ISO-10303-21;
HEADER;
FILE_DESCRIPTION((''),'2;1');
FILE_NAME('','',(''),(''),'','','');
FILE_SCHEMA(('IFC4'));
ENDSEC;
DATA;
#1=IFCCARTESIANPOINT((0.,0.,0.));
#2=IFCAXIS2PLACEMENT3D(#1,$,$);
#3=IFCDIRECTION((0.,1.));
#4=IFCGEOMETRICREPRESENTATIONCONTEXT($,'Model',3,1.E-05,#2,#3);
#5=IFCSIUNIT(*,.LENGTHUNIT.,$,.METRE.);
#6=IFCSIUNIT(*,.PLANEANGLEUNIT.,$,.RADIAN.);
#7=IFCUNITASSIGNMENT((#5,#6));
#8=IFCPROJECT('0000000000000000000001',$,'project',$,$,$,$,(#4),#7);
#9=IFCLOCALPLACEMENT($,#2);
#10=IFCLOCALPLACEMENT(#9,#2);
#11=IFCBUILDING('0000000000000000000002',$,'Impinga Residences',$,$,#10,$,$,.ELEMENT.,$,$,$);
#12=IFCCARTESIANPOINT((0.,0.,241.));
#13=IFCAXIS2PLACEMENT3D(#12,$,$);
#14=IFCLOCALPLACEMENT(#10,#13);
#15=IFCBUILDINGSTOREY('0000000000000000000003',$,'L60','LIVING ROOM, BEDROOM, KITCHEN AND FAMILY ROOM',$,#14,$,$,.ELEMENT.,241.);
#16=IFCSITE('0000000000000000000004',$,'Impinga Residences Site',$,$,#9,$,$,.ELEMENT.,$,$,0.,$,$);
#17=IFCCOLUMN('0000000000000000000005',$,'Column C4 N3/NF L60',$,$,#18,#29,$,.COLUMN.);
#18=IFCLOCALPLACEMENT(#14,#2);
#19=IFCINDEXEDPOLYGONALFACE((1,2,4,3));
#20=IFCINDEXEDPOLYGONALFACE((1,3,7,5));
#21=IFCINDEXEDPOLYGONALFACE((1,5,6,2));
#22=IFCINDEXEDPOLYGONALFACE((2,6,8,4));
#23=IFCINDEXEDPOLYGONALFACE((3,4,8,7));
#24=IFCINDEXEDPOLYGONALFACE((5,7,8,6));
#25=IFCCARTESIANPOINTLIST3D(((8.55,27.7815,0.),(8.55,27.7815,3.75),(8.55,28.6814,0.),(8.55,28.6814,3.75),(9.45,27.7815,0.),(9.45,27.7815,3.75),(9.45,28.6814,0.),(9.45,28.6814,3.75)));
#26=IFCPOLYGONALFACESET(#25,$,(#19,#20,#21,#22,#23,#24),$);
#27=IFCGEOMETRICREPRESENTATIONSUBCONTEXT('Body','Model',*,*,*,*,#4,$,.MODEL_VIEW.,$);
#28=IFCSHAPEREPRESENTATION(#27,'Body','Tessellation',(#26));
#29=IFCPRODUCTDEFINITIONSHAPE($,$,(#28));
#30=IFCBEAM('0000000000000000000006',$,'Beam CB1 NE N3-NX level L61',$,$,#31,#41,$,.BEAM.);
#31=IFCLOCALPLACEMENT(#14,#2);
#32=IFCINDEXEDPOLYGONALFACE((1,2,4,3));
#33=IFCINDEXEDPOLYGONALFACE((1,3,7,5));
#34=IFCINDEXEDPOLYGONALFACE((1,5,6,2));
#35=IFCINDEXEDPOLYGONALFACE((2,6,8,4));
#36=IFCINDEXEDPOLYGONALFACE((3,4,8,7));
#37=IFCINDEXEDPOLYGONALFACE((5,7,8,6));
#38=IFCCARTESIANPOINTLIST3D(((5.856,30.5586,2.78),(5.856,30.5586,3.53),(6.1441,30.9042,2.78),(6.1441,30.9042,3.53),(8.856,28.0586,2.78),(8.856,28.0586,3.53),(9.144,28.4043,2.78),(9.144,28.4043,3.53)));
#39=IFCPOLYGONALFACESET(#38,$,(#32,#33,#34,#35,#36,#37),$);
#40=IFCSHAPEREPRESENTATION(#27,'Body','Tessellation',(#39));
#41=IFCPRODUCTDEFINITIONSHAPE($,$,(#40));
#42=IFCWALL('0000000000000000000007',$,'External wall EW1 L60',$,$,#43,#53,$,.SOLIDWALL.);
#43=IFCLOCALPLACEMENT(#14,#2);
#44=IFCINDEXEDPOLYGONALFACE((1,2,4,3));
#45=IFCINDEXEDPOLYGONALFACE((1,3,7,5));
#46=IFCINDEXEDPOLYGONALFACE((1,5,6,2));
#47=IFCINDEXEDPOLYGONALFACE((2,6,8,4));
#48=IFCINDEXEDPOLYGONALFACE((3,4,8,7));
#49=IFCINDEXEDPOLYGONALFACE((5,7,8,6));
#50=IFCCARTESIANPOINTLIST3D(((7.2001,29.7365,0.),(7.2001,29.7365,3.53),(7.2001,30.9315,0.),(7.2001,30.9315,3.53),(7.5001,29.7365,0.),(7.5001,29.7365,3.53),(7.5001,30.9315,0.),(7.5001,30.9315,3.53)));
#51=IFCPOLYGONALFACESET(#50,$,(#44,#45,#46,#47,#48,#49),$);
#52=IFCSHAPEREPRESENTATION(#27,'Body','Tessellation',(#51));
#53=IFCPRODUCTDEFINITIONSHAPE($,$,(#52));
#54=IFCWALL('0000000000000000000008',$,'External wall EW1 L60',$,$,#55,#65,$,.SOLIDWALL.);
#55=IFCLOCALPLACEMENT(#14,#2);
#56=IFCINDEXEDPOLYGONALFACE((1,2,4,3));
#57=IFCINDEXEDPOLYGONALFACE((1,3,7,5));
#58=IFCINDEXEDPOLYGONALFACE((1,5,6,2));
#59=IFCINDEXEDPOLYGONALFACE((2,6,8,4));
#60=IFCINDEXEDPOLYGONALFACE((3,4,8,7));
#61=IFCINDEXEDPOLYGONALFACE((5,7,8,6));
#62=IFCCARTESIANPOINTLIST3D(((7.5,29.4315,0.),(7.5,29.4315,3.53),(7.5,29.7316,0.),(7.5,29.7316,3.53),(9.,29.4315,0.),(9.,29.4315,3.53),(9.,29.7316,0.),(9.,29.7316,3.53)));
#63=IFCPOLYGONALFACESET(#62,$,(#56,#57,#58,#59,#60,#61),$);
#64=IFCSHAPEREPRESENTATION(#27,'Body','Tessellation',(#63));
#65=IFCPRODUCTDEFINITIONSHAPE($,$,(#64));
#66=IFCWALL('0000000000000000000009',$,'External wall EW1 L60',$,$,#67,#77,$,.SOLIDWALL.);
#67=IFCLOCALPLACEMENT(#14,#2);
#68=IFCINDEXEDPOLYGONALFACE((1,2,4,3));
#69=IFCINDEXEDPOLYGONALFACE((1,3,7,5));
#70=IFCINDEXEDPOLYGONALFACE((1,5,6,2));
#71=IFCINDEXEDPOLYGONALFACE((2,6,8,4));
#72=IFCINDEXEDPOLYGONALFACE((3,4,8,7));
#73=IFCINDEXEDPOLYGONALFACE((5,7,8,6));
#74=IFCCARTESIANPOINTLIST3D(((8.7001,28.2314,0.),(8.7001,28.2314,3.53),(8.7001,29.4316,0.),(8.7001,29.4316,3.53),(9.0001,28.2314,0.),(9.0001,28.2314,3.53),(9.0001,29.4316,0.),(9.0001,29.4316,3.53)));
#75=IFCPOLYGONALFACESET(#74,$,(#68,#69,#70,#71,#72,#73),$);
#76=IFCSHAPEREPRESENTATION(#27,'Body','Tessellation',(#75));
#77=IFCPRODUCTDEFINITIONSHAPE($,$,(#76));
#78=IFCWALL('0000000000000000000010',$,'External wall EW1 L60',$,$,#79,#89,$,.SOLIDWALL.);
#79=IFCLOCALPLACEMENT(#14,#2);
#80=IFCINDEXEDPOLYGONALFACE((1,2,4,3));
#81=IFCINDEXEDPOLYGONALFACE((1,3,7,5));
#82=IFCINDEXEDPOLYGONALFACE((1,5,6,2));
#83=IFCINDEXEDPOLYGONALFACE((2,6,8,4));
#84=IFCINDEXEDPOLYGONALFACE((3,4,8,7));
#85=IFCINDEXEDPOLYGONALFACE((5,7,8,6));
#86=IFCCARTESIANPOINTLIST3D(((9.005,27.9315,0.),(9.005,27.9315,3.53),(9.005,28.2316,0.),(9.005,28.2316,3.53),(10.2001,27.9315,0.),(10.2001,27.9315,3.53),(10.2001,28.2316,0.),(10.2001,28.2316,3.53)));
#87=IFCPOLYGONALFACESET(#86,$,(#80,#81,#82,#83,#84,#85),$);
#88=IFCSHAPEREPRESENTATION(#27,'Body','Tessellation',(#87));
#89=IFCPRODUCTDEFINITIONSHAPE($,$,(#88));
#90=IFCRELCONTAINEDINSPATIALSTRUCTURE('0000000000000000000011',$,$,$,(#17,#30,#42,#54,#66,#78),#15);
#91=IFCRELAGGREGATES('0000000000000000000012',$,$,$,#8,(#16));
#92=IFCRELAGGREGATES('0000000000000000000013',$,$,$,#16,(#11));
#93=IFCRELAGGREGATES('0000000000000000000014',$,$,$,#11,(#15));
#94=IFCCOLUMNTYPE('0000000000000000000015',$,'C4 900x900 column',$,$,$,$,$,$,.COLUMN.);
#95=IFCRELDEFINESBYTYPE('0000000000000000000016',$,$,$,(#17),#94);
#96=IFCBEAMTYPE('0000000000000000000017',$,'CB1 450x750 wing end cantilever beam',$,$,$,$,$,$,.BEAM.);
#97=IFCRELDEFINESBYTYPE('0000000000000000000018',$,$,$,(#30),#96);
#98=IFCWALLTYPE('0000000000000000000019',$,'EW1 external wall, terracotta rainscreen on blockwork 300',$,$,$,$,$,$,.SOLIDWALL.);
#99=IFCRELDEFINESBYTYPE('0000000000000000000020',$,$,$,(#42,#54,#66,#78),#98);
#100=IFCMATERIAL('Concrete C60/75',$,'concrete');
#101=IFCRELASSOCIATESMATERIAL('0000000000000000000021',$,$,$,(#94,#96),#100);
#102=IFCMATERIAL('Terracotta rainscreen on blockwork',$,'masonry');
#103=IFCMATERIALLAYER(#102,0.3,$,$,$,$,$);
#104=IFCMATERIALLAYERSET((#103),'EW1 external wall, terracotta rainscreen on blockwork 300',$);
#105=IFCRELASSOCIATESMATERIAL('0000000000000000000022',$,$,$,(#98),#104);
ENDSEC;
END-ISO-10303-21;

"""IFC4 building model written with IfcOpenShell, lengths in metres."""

from ifc_helpers import new_model, si_unit, direction, frame, frame_2d, origin, origin_2d, place, context, subcontext, project, spatial, rectangle, extrude, material, layer, layer_set, material_profile, profile_set, type_object, element, save


model = new_model("IFC4")

# Units and contexts
model_context = context("Model", 3, precision=1e-05, world=origin(), true_north=direction((0.0, 1.0)))
body_context = subcontext(model_context, "Body", "Model", "MODEL_VIEW")
ifc_project = project(units=[si_unit("LENGTHUNIT", "METRE"), si_unit("PLANEANGLEUNIT", "RADIAN")], contexts=[model_context])

# Site, building, storey
site_placement = place(None, origin())
site = spatial("IfcSite", under=ifc_project, at=site_placement, Name="Impinga Residences Site", CompositionType="ELEMENT", RefElevation=0.0)
building_placement = place(site_placement, origin())
building = spatial("IfcBuilding", under=site, at=building_placement, Name="Impinga Residences", CompositionType="ELEMENT")
storey_placement = place(building_placement, frame((0.0, 0.0, 241.0)))
storey = spatial("IfcBuildingStorey", under=building, at=storey_placement, Name="L60", Description="LIVING ROOM, BEDROOM, KITCHEN AND FAMILY ROOM", CompositionType="ELEMENT", Elevation=241.0)

# Column
ifc_material_1 = material(Name="Concrete C60/75", Category="concrete")
ifc_material_profile_1 = material_profile(ifc_material_1, rectangle(XDim=0.8999, YDim=0.8999, at=origin_2d()), Name="RC 900x900")
ifc_profile_set_1 = profile_set([ifc_material_profile_1], Name="Concrete C60/75")
column_type = type_object("IfcColumnType", Name="C4 900x900 column", PredefinedType="COLUMN", material=ifc_profile_set_1)
column_placement = place(storey_placement, frame((9.0, 28.2314, 0.0), z_axis=(0.0, 0.0, 1.0), x_axis=(1.0, 0.0, 0.0)))
element("IfcColumn", 1, at=column_placement, inside=storey, type_object=column_type, Name="Column C4 N3/NF L60", PredefinedType="COLUMN", context=body_context, shape_type="SweptSolid", body=[
    extrude(rectangle(XDim=0.8999, YDim=0.8999, at=origin_2d()), origin(), (0.0, 0.0, 1.0), 3.75),
])

# Beam
ifc_material_profile_2 = material_profile(ifc_material_1, rectangle(XDim=0.45, YDim=0.75, at=origin_2d()), Name="RC 450x750")
ifc_profile_set_2 = profile_set([ifc_material_profile_2], Name="Concrete C60/75")
beam_type = type_object("IfcBeamType", Name="CB1 450x750 wing end cantilever beam", PredefinedType="BEAM", material=ifc_profile_set_2)
beam_placement = place(storey_placement, frame((9.0, 28.2314, 3.155), z_axis=(-0.768221, 0.640184, 0.0), x_axis=(-0.640184, -0.768221, 0.0)))
element("IfcBeam", 2, at=beam_placement, inside=storey, type_object=beam_type, Name="Beam CB1 NE N3-NX level L61", PredefinedType="BEAM", context=body_context, shape_type="SweptSolid", body=[
    extrude(rectangle(XDim=0.45, YDim=0.75, at=origin_2d()), origin(), (0.0, 0.0, 1.0), 3.905),
])

# Walls
ifc_material_2 = material(Name="Terracotta rainscreen on blockwork", Category="masonry")
ifc_layer_1 = layer(ifc_material_2, 0.3)
ifc_layer_set_1 = layer_set([ifc_layer_1], Name="EW1 external wall, terracotta rainscreen on blockwork 300")
wall_type_1 = type_object("IfcWallType", Name="EW1 external wall, terracotta rainscreen on blockwork 300", PredefinedType="SOLIDWALL", material=ifc_layer_set_1)
wall_1_placement = place(storey_placement, frame((7.3501, 30.9316, 0.0), z_axis=(0.0, 0.0, 1.0), x_axis=(0.0, -1.0, 0.0)))
element("IfcWall", 3, at=wall_1_placement, inside=storey, type_object=wall_type_1, Name="External wall EW1 L60", PredefinedType="SOLIDWALL", context=body_context, shape_type="SweptSolid", body=[
    extrude(rectangle(XDim=1.1951, YDim=0.3, at=frame_2d((0.5977, 0.0))), origin(), (0.0, 0.0, 1.0), 3.53),
])
wall_2_placement = place(storey_placement, frame((7.5, 29.5815, 0.0), z_axis=(0.0, 0.0, 1.0), x_axis=(1.0, 0.0, 0.0)))
element("IfcWall", 4, at=wall_2_placement, inside=storey, type_object=wall_type_1, Name="External wall EW1 L60", PredefinedType="SOLIDWALL", context=body_context, shape_type="SweptSolid", body=[
    extrude(rectangle(XDim=1.5, YDim=0.3, at=frame_2d((0.75, 0.0))), origin(), (0.0, 0.0, 1.0), 3.53),
])
wall_3_placement = place(storey_placement, frame((8.8501, 29.4316, 0.0), z_axis=(0.0, 0.0, 1.0), x_axis=(0.0, -1.0, 0.0)))
element("IfcWall", 5, at=wall_3_placement, inside=storey, type_object=wall_type_1, Name="External wall EW1 L60", PredefinedType="SOLIDWALL", context=body_context, shape_type="SweptSolid", body=[
    extrude(rectangle(XDim=1.2002, YDim=0.3, at=frame_2d((0.6001, 0.0))), origin(), (0.0, 0.0, 1.0), 3.53),
])
wall_4_placement = place(storey_placement, frame((9.0049, 28.0815, 0.0), z_axis=(0.0, 0.0, 1.0), x_axis=(1.0, 0.0, 0.0)))
element("IfcWall", 6, at=wall_4_placement, inside=storey, type_object=wall_type_1, Name="External wall EW1 L60", PredefinedType="SOLIDWALL", context=body_context, shape_type="SweptSolid", body=[
    extrude(rectangle(XDim=1.1951, YDim=0.3, at=frame_2d((0.5977, 0.0))), origin(), (0.0, 0.0, 1.0), 3.53),
])

save(model, "model.ifc")
